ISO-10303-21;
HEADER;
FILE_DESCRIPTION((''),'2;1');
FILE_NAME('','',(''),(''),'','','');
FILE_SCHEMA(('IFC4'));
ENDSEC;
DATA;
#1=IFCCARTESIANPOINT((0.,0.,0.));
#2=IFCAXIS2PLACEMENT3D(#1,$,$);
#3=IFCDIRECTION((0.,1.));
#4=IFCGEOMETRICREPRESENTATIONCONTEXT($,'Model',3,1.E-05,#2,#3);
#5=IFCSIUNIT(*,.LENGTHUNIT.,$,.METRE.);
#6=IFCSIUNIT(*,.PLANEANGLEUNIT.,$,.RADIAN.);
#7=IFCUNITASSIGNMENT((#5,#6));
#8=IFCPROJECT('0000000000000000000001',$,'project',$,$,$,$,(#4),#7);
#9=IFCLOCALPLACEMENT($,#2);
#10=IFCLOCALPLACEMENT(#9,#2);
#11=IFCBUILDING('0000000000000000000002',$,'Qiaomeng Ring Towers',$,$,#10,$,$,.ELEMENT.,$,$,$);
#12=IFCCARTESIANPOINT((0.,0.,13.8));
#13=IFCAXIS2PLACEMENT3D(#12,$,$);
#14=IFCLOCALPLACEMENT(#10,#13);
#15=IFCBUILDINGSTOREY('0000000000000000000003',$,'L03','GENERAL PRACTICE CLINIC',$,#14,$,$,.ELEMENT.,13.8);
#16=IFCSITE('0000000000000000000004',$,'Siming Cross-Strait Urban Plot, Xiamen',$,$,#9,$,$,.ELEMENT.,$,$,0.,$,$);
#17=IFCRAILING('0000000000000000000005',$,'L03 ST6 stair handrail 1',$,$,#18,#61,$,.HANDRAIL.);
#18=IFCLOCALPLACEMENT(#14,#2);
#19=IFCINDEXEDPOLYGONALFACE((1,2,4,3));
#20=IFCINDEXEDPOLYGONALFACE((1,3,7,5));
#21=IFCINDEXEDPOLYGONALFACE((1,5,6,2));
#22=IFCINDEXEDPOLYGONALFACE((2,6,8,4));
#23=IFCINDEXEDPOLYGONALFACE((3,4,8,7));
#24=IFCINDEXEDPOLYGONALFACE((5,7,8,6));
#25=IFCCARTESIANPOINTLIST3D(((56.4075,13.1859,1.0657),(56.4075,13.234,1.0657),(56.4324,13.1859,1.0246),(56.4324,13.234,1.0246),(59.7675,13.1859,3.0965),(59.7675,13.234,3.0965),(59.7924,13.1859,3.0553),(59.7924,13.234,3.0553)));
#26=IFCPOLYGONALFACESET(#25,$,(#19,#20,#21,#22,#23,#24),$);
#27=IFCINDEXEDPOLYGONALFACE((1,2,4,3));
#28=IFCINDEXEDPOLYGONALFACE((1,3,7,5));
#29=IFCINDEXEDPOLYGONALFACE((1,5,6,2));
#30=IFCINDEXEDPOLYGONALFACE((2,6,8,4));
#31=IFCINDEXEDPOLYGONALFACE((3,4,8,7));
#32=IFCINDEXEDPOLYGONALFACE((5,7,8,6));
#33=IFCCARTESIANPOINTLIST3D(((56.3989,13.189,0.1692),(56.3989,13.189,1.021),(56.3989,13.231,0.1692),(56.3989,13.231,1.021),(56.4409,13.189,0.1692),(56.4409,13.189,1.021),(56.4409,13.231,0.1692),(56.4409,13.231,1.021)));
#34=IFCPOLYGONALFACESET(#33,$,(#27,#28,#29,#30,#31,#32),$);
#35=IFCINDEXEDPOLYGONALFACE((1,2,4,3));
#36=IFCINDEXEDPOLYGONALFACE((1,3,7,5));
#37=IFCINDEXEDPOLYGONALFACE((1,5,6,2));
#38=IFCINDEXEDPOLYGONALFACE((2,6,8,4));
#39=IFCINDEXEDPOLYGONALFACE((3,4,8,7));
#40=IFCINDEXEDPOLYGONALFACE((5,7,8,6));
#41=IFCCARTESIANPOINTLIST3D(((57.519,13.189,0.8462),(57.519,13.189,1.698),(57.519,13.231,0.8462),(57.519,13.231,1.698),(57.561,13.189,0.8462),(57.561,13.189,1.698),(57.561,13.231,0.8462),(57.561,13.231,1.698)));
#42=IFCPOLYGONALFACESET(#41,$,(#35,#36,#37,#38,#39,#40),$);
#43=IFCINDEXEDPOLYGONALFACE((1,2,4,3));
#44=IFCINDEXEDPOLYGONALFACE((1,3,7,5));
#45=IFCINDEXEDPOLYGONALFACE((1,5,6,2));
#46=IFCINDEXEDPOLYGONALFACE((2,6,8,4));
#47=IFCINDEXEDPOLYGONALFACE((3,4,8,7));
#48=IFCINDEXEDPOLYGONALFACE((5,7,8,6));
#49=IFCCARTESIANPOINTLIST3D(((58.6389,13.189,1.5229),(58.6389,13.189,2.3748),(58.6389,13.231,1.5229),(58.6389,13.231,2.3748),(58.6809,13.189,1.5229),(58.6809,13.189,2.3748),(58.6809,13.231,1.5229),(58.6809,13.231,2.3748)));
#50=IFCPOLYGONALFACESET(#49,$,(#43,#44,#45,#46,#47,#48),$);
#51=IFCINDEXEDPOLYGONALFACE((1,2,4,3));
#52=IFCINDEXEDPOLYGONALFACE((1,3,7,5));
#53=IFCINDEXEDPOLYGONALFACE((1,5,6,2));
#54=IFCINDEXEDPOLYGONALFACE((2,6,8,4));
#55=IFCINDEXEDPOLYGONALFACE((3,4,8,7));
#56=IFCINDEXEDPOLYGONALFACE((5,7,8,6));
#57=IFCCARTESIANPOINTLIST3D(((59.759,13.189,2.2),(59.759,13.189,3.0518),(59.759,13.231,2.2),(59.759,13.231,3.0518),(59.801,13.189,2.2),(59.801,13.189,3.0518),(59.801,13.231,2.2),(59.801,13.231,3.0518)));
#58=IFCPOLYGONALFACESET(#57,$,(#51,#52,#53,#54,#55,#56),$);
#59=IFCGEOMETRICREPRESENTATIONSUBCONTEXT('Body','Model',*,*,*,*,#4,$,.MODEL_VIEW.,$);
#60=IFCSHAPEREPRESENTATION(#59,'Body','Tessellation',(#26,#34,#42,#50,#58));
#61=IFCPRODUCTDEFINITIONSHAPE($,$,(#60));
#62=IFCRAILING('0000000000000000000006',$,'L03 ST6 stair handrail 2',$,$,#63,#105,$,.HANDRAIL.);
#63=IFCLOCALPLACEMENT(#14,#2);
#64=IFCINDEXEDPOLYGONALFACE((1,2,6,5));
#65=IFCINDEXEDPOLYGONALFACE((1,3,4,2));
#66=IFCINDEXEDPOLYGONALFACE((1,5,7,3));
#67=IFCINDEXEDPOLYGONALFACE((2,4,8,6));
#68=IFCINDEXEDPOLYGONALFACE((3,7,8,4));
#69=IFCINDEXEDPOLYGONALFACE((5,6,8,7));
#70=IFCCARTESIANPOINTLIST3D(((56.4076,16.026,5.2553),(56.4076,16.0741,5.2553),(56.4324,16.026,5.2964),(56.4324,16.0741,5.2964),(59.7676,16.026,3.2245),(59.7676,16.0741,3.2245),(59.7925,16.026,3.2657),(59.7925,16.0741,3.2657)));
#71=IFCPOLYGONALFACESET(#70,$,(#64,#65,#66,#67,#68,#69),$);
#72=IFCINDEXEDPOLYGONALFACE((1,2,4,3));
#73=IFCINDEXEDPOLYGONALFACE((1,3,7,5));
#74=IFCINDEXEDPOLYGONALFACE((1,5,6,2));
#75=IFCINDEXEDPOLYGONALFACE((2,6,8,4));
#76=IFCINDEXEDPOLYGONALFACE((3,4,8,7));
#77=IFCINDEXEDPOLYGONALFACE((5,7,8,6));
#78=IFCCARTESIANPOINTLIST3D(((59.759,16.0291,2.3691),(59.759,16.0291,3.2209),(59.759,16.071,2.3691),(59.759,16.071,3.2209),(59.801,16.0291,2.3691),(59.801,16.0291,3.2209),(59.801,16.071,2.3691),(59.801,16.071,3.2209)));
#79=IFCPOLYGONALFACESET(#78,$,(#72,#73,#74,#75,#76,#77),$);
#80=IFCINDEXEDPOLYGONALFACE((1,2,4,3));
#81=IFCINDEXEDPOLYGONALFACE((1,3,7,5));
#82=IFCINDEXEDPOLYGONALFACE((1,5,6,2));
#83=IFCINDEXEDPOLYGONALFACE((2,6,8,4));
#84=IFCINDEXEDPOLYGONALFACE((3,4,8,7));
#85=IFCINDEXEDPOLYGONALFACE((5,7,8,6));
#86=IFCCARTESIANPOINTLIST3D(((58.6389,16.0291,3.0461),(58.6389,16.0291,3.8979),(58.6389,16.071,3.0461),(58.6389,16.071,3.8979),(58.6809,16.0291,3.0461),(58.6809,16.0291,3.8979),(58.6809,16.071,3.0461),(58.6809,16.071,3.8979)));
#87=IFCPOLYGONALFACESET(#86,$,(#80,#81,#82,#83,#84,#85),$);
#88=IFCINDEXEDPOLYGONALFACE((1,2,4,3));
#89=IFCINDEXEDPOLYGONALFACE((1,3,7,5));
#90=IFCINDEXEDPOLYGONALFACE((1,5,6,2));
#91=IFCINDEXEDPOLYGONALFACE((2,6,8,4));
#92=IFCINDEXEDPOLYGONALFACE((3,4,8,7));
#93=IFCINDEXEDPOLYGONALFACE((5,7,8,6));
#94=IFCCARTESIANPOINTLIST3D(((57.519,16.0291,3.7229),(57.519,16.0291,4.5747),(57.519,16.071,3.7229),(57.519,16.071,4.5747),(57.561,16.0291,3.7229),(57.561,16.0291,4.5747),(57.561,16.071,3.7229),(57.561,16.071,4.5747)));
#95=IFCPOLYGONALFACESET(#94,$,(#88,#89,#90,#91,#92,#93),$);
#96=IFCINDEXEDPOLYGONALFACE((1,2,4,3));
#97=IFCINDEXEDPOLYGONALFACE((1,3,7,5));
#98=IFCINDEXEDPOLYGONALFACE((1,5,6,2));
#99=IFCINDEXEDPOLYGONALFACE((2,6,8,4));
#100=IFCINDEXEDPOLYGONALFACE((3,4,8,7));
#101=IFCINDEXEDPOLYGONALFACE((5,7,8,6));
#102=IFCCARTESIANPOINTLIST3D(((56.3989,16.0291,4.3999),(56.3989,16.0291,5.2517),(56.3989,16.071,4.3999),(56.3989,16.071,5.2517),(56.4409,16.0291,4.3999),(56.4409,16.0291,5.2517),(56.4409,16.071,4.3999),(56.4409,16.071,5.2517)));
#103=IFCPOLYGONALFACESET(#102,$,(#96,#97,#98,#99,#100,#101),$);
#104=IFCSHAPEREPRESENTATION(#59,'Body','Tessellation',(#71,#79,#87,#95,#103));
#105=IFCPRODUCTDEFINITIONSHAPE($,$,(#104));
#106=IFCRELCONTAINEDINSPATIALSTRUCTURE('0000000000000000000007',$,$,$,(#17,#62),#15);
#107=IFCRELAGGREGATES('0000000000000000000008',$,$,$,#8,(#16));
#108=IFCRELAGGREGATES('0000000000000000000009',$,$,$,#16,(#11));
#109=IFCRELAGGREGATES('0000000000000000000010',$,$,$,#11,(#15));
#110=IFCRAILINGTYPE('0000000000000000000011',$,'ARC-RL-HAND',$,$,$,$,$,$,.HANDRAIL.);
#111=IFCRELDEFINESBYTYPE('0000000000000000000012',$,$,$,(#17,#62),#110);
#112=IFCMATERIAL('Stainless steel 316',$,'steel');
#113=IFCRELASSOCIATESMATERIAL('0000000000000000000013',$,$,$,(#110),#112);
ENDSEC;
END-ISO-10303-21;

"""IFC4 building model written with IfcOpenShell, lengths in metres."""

from ifc_helpers import new_model, si_unit, direction, frame, origin, origin_2d, place, context, subcontext, project, spatial, rectangle, extrude, material, type_object, element, save


model = new_model("IFC4")

# Units and contexts
model_context = context("Model", 3, precision=1e-05, world=origin(), true_north=direction((0.0, 1.0)))
body_context = subcontext(model_context, "Body", "Model", "MODEL_VIEW")
ifc_project = project(units=[si_unit("LENGTHUNIT", "METRE"), si_unit("PLANEANGLEUNIT", "RADIAN")], contexts=[model_context])

# Site, building, storey
site_placement = place(None, origin())
site = spatial("IfcSite", under=ifc_project, at=site_placement, Name="Siming Cross-Strait Urban Plot, Xiamen", CompositionType="ELEMENT", RefElevation=0.0)
building_placement = place(site_placement, origin())
building = spatial("IfcBuilding", under=site, at=building_placement, Name="Qiaomeng Ring Towers", CompositionType="ELEMENT")
storey_placement = place(building_placement, frame((0.0, 0.0, 13.8)))
storey = spatial("IfcBuildingStorey", under=building, at=storey_placement, Name="L03", Description="GENERAL PRACTICE CLINIC", CompositionType="ELEMENT", Elevation=13.8)

# Shared definitions
ifc_material_1 = material(Name="Stainless steel 316", Category="steel")

# Railings
railing_type_1 = type_object("IfcRailingType", Name="ARC-RL-HAND", PredefinedType="HANDRAIL", material=ifc_material_1)
railing_1_placement = place(storey_placement, frame((56.4199, 13.21, 0.1692)))
element("IfcRailing", 1, at=railing_1_placement, inside=storey, type_object=railing_type_1, Name="L03 ST6 stair handrail 1", PredefinedType="HANDRAIL", context=body_context, shape_type="SweptSolid", body=[
    extrude(rectangle(XDim=0.0481, YDim=0.0481, at=origin_2d()), frame((0.0, 0.0, 0.876), z_axis=(0.855837, 0.0, 0.517246), x_axis=(0.0, 1.0, 0.0)), (0.0, 0.0, 1.0), 3.926),
    extrude(rectangle(XDim=0.042, YDim=0.042, at=origin_2d()), origin(), (0.0, 0.0, 1.0), 0.8518),
    extrude(rectangle(XDim=0.042, YDim=0.042, at=origin_2d()), frame((1.1201, 0.0, 0.677)), (0.0, 0.0, 1.0), 0.8518),
    extrude(rectangle(XDim=0.042, YDim=0.042, at=origin_2d()), frame((2.24, 0.0, 1.3538)), (0.0, 0.0, 1.0), 0.8518),
    extrude(rectangle(XDim=0.042, YDim=0.042, at=origin_2d()), frame((3.3601, 0.0, 2.0308)), (0.0, 0.0, 1.0), 0.8518),
])
railing_2_placement = place(storey_placement, frame((59.78, 16.05, 2.3691)))
element("IfcRailing", 2, at=railing_2_placement, inside=storey, type_object=railing_type_1, Name="L03 ST6 stair handrail 2", PredefinedType="HANDRAIL", context=body_context, shape_type="SweptSolid", body=[
    extrude(rectangle(XDim=0.0481, YDim=0.0481, at=origin_2d()), frame((0.0, 0.0, 0.876), z_axis=(-0.855837, 0.0, 0.517246), x_axis=(0.0, -1.0, 0.0)), (0.0, 0.0, 1.0), 3.926),
    extrude(rectangle(XDim=0.042, YDim=0.042, at=origin_2d()), origin(), (0.0, 0.0, 1.0), 0.8518),
    extrude(rectangle(XDim=0.042, YDim=0.042, at=origin_2d()), frame((-1.1201, 0.0, 0.677)), (0.0, 0.0, 1.0), 0.8518),
    extrude(rectangle(XDim=0.042, YDim=0.042, at=origin_2d()), frame((-2.24, 0.0, 1.3538)), (0.0, 0.0, 1.0), 0.8518),
    extrude(rectangle(XDim=0.042, YDim=0.042, at=origin_2d()), frame((-3.3601, 0.0, 2.0308)), (0.0, 0.0, 1.0), 0.8518),
])

save(model, "model.ifc")
